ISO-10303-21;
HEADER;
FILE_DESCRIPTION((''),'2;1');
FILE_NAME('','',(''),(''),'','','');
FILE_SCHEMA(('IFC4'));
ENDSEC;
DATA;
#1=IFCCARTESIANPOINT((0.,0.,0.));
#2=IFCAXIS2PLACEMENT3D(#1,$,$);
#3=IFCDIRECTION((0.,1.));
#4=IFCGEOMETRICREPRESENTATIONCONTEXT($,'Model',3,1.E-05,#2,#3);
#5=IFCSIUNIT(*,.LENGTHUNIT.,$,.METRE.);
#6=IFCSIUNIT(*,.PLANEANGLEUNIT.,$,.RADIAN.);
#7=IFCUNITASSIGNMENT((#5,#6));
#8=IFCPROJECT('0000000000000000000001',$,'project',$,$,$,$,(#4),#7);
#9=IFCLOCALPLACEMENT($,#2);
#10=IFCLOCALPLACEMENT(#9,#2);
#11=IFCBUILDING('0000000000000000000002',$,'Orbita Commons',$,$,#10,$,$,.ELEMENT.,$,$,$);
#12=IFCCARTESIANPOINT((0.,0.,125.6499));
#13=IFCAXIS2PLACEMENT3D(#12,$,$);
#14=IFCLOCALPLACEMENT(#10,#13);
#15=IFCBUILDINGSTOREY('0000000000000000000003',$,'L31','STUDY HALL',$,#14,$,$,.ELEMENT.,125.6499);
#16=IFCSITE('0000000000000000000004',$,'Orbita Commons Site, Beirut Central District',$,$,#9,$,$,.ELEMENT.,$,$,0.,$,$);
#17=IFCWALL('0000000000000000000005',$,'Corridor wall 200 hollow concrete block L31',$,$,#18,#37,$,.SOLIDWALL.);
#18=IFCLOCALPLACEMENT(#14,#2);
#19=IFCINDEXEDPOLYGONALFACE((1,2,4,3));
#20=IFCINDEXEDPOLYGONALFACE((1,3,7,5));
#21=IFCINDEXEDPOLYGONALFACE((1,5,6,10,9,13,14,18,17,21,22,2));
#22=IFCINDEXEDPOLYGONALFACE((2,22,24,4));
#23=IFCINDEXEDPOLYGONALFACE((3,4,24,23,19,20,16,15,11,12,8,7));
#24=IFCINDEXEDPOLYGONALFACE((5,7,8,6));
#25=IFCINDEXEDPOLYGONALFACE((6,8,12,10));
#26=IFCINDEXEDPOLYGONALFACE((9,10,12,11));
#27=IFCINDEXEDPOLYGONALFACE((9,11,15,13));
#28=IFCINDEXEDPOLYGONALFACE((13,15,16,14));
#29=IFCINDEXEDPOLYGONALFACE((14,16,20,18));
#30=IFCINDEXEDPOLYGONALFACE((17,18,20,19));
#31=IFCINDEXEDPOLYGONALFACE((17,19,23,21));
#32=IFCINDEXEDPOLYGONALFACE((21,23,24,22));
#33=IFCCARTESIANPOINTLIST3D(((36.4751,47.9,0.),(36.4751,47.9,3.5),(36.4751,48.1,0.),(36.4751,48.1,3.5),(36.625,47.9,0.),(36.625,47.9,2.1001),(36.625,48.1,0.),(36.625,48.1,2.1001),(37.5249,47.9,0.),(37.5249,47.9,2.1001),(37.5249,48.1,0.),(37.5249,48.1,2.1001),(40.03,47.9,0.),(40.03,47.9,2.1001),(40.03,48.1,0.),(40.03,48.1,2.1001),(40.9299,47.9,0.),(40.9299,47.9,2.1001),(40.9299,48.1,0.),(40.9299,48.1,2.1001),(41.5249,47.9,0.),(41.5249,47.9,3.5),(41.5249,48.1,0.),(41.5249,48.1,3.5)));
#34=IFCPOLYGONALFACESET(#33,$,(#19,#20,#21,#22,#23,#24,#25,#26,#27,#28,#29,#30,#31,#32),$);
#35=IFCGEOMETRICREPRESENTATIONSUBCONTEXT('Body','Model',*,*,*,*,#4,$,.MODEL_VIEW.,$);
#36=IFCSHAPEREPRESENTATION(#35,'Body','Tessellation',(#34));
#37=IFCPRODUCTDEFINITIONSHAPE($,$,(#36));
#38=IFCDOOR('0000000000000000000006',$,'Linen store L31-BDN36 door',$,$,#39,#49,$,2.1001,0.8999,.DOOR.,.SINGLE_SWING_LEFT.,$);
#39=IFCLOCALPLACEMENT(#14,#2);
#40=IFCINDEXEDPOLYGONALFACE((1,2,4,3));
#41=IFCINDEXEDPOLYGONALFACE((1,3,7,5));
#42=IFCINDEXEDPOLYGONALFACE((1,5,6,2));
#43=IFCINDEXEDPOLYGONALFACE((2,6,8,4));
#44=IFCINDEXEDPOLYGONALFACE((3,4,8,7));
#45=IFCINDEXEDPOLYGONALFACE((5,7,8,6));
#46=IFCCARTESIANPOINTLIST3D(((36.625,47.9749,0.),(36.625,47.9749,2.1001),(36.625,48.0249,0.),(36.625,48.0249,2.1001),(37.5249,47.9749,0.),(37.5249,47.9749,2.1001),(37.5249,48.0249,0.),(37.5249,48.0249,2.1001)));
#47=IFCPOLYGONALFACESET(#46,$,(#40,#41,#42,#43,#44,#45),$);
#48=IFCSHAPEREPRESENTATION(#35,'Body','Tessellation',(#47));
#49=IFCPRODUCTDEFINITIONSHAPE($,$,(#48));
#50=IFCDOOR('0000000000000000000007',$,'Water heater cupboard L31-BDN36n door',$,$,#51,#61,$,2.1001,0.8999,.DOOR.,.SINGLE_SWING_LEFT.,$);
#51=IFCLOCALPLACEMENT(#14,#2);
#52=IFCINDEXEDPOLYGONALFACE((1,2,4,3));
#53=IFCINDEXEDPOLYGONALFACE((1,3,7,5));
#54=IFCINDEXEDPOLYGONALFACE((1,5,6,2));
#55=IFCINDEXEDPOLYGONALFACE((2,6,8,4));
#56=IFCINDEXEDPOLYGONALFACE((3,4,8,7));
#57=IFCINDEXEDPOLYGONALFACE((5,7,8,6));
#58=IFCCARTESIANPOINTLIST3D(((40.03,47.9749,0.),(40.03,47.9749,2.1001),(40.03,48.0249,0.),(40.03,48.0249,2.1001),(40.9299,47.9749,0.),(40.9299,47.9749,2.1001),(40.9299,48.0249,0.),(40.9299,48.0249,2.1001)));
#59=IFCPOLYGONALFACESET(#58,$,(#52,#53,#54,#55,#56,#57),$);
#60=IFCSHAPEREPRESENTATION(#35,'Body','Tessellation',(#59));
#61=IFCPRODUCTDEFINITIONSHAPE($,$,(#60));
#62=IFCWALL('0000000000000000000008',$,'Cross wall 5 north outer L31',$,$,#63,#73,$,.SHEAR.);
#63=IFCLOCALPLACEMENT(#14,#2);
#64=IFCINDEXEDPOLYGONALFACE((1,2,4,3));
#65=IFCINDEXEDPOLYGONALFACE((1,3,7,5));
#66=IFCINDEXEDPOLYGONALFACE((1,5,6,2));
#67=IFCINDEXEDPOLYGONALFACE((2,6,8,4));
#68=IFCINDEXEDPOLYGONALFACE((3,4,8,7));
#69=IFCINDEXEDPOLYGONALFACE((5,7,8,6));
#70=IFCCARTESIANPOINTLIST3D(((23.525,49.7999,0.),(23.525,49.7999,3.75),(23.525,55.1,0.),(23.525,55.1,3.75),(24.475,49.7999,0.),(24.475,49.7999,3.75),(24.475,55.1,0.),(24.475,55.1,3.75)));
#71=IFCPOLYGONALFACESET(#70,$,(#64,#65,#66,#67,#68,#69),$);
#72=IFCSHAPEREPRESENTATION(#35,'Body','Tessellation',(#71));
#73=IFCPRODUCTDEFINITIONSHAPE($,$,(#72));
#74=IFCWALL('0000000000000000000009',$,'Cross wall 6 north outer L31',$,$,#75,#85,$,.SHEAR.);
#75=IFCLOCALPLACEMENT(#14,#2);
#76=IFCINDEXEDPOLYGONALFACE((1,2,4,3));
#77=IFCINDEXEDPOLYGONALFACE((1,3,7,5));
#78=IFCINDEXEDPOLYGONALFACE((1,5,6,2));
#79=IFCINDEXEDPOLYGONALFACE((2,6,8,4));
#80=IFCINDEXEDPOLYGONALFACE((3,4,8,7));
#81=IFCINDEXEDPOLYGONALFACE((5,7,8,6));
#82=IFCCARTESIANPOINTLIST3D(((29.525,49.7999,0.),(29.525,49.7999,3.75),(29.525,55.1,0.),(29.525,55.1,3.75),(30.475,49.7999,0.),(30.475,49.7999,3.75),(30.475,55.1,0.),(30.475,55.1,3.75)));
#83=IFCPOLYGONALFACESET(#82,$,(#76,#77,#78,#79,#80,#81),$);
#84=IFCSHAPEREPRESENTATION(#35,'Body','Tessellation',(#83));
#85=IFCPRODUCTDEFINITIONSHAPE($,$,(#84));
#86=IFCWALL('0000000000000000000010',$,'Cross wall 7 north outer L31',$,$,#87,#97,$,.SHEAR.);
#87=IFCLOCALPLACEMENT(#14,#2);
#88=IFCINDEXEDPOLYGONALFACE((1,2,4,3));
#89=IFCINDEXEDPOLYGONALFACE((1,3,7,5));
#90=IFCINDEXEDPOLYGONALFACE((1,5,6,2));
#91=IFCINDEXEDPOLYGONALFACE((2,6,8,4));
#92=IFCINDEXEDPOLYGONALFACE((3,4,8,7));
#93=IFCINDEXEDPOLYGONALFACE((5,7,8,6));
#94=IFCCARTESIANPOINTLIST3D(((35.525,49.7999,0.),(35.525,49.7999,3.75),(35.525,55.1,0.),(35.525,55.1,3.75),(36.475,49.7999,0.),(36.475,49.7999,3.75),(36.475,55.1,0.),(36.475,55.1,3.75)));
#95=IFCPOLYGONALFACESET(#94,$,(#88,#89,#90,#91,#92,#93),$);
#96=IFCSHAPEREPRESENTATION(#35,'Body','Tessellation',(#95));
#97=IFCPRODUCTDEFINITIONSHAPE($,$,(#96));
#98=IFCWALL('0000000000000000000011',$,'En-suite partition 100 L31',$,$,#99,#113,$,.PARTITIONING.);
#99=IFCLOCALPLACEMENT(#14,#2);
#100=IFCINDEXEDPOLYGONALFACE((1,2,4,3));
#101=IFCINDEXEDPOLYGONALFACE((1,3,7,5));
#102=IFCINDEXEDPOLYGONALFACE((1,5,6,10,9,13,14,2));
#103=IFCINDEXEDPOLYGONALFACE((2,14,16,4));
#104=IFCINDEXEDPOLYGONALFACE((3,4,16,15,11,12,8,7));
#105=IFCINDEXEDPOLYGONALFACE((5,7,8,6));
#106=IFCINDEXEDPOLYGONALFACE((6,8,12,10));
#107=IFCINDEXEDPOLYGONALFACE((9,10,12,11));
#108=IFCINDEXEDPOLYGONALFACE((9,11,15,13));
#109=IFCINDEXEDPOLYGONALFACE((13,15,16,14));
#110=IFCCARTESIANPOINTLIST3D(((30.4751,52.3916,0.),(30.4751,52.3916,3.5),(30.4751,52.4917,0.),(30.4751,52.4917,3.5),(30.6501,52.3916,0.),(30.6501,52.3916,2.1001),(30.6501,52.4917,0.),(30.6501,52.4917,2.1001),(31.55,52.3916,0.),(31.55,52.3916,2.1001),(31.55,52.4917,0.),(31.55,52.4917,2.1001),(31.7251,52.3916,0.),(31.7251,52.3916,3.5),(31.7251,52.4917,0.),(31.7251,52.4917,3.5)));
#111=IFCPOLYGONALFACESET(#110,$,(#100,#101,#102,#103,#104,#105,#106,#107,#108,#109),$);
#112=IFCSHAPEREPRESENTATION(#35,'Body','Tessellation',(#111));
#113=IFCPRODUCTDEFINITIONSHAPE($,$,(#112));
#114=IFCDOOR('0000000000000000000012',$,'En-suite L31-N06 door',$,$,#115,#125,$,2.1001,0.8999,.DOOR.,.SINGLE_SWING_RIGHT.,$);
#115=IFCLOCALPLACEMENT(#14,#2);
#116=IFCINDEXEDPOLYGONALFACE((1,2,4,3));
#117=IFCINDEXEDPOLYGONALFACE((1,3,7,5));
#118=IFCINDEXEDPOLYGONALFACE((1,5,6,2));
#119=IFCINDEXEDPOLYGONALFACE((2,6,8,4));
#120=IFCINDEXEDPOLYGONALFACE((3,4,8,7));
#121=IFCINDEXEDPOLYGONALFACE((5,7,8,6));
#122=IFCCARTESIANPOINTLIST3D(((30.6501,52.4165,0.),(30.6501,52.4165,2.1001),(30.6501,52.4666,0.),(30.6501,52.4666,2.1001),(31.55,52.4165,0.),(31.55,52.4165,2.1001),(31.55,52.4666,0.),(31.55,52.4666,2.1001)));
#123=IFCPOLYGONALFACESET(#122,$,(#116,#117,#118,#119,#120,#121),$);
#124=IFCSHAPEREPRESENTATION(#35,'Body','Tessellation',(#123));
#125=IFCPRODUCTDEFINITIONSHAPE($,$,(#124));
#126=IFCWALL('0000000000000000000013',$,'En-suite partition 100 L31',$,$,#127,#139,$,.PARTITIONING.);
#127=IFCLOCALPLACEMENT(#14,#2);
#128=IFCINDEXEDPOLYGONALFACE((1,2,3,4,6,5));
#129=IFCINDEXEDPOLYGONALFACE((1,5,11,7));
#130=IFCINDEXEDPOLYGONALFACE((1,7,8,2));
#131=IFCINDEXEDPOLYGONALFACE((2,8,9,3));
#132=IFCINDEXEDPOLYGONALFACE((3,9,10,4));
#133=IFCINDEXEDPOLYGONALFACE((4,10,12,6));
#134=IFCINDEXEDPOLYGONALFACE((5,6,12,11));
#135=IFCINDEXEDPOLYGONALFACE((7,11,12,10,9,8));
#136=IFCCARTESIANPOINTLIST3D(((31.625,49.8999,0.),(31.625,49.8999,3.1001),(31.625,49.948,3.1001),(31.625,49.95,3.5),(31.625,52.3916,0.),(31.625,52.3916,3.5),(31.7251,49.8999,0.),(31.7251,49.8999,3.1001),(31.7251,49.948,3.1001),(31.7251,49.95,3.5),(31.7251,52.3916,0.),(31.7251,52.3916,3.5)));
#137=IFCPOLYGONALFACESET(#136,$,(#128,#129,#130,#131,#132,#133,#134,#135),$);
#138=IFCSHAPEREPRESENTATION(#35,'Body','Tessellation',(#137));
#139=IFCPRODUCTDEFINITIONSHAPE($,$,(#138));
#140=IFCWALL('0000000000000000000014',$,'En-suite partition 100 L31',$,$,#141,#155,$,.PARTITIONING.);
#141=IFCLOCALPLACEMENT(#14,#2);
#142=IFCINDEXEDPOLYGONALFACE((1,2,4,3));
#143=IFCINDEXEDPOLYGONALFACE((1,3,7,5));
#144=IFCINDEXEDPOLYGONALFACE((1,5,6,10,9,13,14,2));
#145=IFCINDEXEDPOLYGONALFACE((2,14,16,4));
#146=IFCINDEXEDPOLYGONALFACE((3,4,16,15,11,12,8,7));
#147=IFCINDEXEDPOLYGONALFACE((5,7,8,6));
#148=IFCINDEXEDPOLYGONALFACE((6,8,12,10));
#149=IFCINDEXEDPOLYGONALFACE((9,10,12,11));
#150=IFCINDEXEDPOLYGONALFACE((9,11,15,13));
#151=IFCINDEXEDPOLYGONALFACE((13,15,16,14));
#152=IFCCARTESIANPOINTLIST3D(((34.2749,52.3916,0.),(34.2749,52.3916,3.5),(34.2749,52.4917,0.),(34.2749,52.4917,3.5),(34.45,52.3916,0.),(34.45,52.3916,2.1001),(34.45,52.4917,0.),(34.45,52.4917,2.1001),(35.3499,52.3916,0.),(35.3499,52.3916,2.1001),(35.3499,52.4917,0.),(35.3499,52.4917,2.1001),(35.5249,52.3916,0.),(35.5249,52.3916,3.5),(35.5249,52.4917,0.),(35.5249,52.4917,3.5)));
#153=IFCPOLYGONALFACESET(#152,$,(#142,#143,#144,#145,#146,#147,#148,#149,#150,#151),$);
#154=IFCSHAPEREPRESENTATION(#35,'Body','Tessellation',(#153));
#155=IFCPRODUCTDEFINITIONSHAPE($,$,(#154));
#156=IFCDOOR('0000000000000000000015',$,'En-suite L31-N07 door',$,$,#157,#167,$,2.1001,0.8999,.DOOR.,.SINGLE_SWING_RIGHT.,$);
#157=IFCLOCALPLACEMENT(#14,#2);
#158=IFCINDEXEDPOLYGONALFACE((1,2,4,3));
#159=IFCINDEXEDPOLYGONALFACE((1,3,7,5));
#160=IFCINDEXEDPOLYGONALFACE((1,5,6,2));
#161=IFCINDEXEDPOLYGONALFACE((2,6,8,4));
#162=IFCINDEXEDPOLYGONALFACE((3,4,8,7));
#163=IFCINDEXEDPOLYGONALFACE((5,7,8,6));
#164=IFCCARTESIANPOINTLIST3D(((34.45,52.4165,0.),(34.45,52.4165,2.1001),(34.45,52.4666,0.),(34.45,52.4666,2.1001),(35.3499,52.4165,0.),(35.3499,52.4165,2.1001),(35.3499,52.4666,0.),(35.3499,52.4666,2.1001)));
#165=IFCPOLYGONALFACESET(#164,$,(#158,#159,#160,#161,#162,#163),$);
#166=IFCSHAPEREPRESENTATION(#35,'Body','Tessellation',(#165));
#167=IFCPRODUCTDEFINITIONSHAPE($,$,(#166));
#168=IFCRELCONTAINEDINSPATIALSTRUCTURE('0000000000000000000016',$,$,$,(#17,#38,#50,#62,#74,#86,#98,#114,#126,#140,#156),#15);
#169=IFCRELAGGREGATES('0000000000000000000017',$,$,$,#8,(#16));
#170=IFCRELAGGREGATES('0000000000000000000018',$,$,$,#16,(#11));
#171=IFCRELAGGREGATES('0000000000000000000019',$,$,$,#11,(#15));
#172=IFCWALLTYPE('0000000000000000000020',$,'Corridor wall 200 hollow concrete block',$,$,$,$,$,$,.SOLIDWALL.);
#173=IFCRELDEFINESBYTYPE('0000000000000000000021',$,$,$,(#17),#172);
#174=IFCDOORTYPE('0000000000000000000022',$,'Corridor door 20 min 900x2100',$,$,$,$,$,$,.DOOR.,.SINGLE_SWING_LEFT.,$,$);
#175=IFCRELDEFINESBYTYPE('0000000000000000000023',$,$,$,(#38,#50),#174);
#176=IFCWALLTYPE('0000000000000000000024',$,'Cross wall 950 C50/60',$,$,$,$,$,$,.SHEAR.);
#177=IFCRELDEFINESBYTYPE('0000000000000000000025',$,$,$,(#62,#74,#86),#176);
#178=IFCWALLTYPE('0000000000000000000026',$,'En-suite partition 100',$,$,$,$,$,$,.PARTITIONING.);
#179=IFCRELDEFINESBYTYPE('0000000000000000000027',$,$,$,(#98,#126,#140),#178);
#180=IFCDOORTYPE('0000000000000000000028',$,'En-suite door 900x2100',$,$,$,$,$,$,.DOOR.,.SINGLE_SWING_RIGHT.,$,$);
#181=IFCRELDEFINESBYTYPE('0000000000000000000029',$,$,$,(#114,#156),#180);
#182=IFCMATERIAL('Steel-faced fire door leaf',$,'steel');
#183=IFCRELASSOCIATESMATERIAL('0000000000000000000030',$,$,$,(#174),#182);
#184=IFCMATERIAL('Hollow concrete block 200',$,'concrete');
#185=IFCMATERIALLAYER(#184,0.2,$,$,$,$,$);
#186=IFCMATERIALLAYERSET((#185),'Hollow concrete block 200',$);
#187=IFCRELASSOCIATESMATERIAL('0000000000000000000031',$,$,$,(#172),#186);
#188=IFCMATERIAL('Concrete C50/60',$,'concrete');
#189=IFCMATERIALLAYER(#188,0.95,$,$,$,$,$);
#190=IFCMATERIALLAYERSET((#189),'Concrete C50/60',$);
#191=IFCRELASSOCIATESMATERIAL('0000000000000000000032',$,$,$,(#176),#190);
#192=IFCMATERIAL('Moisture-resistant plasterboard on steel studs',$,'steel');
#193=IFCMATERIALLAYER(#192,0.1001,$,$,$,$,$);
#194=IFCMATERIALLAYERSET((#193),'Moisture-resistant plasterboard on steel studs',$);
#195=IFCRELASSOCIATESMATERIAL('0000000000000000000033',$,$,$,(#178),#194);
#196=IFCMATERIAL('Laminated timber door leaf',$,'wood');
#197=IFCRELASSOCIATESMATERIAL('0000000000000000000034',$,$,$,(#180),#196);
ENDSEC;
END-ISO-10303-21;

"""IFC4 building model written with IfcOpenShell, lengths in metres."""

from ifc_helpers import new_model, si_unit, direction, frame, frame_2d, origin, place, context, subcontext, project, spatial, polyline, rectangle, outline, extrude, material, layer, layer_set, type_object, element, fill, save


model = new_model("IFC4")

# Units and contexts
model_context = context("Model", 3, precision=1e-05, world=origin(), true_north=direction((0.0, 1.0)))
body_context = subcontext(model_context, "Body", "Model", "MODEL_VIEW")
ifc_project = project(units=[si_unit("LENGTHUNIT", "METRE"), si_unit("PLANEANGLEUNIT", "RADIAN")], contexts=[model_context])

# Site, building, storey
site_placement = place(None, origin())
site = spatial("IfcSite", under=ifc_project, at=site_placement, Name="Orbita Commons Site, Beirut Central District", CompositionType="ELEMENT", RefElevation=0.0)
building_placement = place(site_placement, origin())
building = spatial("IfcBuilding", under=site, at=building_placement, Name="Orbita Commons", CompositionType="ELEMENT")
storey_placement = place(building_placement, frame((0.0, 0.0, 125.6499)))
storey = spatial("IfcBuildingStorey", under=building, at=storey_placement, Name="L31", Description="STUDY HALL", CompositionType="ELEMENT", Elevation=125.6499)

# Shared definitions
ifc_material_1 = material(Name="Steel-faced fire door leaf", Category="steel")
door_type_1 = type_object("IfcDoorType", Name="Corridor door 20 min 900x2100", OperationType="SINGLE_SWING_LEFT", PredefinedType="DOOR", material=ifc_material_1)

# Wall, openings, doors
ifc_material_2 = material(Name="Hollow concrete block 200", Category="concrete")
ifc_layer_1 = layer(ifc_material_2, 0.2)
ifc_layer_set_1 = layer_set([ifc_layer_1], Name="Hollow concrete block 200")
wall_type_1 = type_object("IfcWallType", Name="Corridor wall 200 hollow concrete block", PredefinedType="SOLIDWALL", material=ifc_layer_set_1)
wall_1_placement = place(storey_placement, frame((36.4751, 48.0, 0.0), z_axis=(0.0, 0.0, 1.0), x_axis=(1.0, 0.0, 0.0)))
wall_1 = element("IfcWall", 1, at=wall_1_placement, inside=storey, type_object=wall_type_1, Name="Corridor wall 200 hollow concrete block L31", PredefinedType="SOLIDWALL", context=body_context, shape_type="SweptSolid", body=[
    extrude(rectangle(XDim=5.0498, YDim=0.2, at=frame_2d((2.5249, 0.0))), origin(), (0.0, 0.0, 1.0), 3.5),
])
opening_1_placement = place(wall_1_placement, frame((0.1499, 0.0, 0.0)))
opening_1 = element("IfcOpeningElement", 2, at=opening_1_placement, cuts=wall_1, PredefinedType="OPENING", context=body_context, shape_type="SweptSolid", body=[
    extrude(rectangle(XDim=0.8999, YDim=2.1001, at=frame_2d((0.45, 1.05))), frame((0.0, 0.1099, 0.0), z_axis=(0.0, -1.0, 0.0), x_axis=(1.0, 0.0, 0.0)), (0.0, 0.0, 1.0), 0.22),
])
opening_2_placement = place(wall_1_placement, frame((3.5549, 0.0, 0.0)))
opening_2 = element("IfcOpeningElement", 3, at=opening_2_placement, cuts=wall_1, PredefinedType="OPENING", context=body_context, shape_type="SweptSolid", body=[
    extrude(rectangle(XDim=0.8999, YDim=2.1001, at=frame_2d((0.45, 1.05))), frame((0.0, 0.1099, 0.0), z_axis=(0.0, -1.0, 0.0), x_axis=(1.0, 0.0, 0.0)), (0.0, 0.0, 1.0), 0.22),
])
door_1_placement = place(opening_1_placement, origin())
door_1 = element("IfcDoor", 4, at=door_1_placement, inside=storey, type_object=door_type_1, Name="Linen store L31-BDN36 door", OperationType="SINGLE_SWING_LEFT", OverallHeight=2.1001, OverallWidth=0.8999, PredefinedType="DOOR", context=body_context, shape_type="SweptSolid", body=[
    extrude(rectangle(XDim=0.8999, YDim=2.1001, at=frame_2d((0.45, 1.05))), frame((0.0, 0.0249, 0.0), z_axis=(0.0, -1.0, 0.0), x_axis=(1.0, 0.0, 0.0)), (0.0, 0.0, 1.0), 0.05),
])
fill(opening_1, door_1)
door_2_placement = place(opening_2_placement, origin())
door_2 = element("IfcDoor", 5, at=door_2_placement, inside=storey, type_object=door_type_1, Name="Water heater cupboard L31-BDN36n door", OperationType="SINGLE_SWING_LEFT", OverallHeight=2.1001, OverallWidth=0.8999, PredefinedType="DOOR", context=body_context, shape_type="SweptSolid", body=[
    extrude(rectangle(XDim=0.8999, YDim=2.1001, at=frame_2d((0.45, 1.05))), frame((0.0, 0.0249, 0.0), z_axis=(0.0, -1.0, 0.0), x_axis=(1.0, 0.0, 0.0)), (0.0, 0.0, 1.0), 0.05),
])
fill(opening_2, door_2)

# Walls
ifc_material_3 = material(Name="Concrete C50/60", Category="concrete")
ifc_layer_2 = layer(ifc_material_3, 0.95)
ifc_layer_set_2 = layer_set([ifc_layer_2], Name="Concrete C50/60")
wall_type_2 = type_object("IfcWallType", Name="Cross wall 950 C50/60", PredefinedType="SHEAR", material=ifc_layer_set_2)
for number, where, z_axis, x_axis, name in (
    (6, (24.0, 49.8, 0.0), (0.0, 0.0, 1.0), (0.0, 1.0, 0.0), "Cross wall 5 north outer L31"),
    (7, (30.0, 49.8, 0.0), (0.0, 0.0, 1.0), (0.0, 1.0, 0.0), "Cross wall 6 north outer L31"),
    (8, (36.0, 49.8, 0.0), (0.0, 0.0, 1.0), (0.0, 1.0, 0.0), "Cross wall 7 north outer L31"),
):
    element("IfcWall", number, at=place(storey_placement, frame(where, z_axis=z_axis, x_axis=x_axis)), inside=storey, type_object=wall_type_2, Name=name, PredefinedType="SHEAR", context=body_context, shape_type="SweptSolid", body=[
        extrude(rectangle(XDim=5.3, YDim=0.95, at=frame_2d((2.6499, 0.0))), origin(), (0.0, 0.0, 1.0), 3.75),
    ])

# Wall, opening, door
ifc_material_4 = material(Name="Moisture-resistant plasterboard on steel studs", Category="steel")
ifc_layer_3 = layer(ifc_material_4, 0.1001)
ifc_layer_set_3 = layer_set([ifc_layer_3], Name="Moisture-resistant plasterboard on steel studs")
wall_type_3 = type_object("IfcWallType", Name="En-suite partition 100", PredefinedType="PARTITIONING", material=ifc_layer_set_3)
wall_2_placement = place(storey_placement, frame((30.4751, 52.4417, 0.0), z_axis=(0.0, 0.0, 1.0), x_axis=(1.0, 0.0, 0.0)))
wall_2 = element("IfcWall", 9, at=wall_2_placement, inside=storey, type_object=wall_type_3, Name="En-suite partition 100 L31", PredefinedType="PARTITIONING", context=body_context, shape_type="SweptSolid", body=[
    extrude(rectangle(XDim=1.25, YDim=0.1001, at=frame_2d((0.625, 0.0))), origin(), (0.0, 0.0, 1.0), 3.5),
])
opening_3_placement = place(wall_2_placement, frame((0.175, 0.0, 0.0)))
opening_3 = element("IfcOpeningElement", 10, at=opening_3_placement, cuts=wall_2, PredefinedType="OPENING", context=body_context, shape_type="SweptSolid", body=[
    extrude(rectangle(XDim=0.8999, YDim=2.1001, at=frame_2d((0.45, 1.05))), frame((0.0, 0.0601, 0.0), z_axis=(0.0, -1.0, 0.0), x_axis=(1.0, 0.0, 0.0)), (0.0, 0.0, 1.0), 0.1201),
])
ifc_material_5 = material(Name="Laminated timber door leaf", Category="wood")
door_type_2 = type_object("IfcDoorType", Name="En-suite door 900x2100", OperationType="SINGLE_SWING_RIGHT", PredefinedType="DOOR", material=ifc_material_5)
door_3_placement = place(opening_3_placement, origin())
door_3 = element("IfcDoor", 11, at=door_3_placement, inside=storey, type_object=door_type_2, Name="En-suite L31-N06 door", OperationType="SINGLE_SWING_RIGHT", OverallHeight=2.1001, OverallWidth=0.8999, PredefinedType="DOOR", context=body_context, shape_type="SweptSolid", body=[
    extrude(rectangle(XDim=0.8999, YDim=2.1001, at=frame_2d((0.45, 1.05))), frame((0.0, 0.0249, 0.0), z_axis=(0.0, -1.0, 0.0), x_axis=(1.0, 0.0, 0.0)), (0.0, 0.0, 1.0), 0.05),
])
fill(opening_3, door_3)

# Wall
wall_3_placement = place(storey_placement, frame((31.675, 52.3916, 0.0), z_axis=(0.0, 0.0, 1.0), x_axis=(0.0, -1.0, 0.0)))
element("IfcWall", 12, at=wall_3_placement, inside=storey, type_object=wall_type_3, Name="En-suite partition 100 L31", PredefinedType="PARTITIONING", context=body_context, shape_type="SweptSolid", body=[
    extrude(outline(polyline([(0.0, 0.0), (2.4917, 0.0), (2.4917, 3.1001), (2.4436, 3.1001), (2.4417, 3.5), (0.0, 3.5), (0.0, 0.0)])), frame((0.0, 0.05, 0.0), z_axis=(0.0, -1.0, 0.0), x_axis=(1.0, 0.0, 0.0)), (0.0, 0.0, 1.0), 0.1001),
])

# Wall, opening, door
wall_4_placement = place(storey_placement, frame((34.2749, 52.4417, 0.0), z_axis=(0.0, 0.0, 1.0), x_axis=(1.0, 0.0, 0.0)))
wall_4 = element("IfcWall", 13, at=wall_4_placement, inside=storey, type_object=wall_type_3, Name="En-suite partition 100 L31", PredefinedType="PARTITIONING", context=body_context, shape_type="SweptSolid", body=[
    extrude(rectangle(XDim=1.25, YDim=0.1001, at=frame_2d((0.625, 0.0))), origin(), (0.0, 0.0, 1.0), 3.5),
])
opening_4_placement = place(wall_4_placement, frame((0.175, 0.0, 0.0)))
opening_4 = element("IfcOpeningElement", 14, at=opening_4_placement, cuts=wall_4, PredefinedType="OPENING", context=body_context, shape_type="SweptSolid", body=[
    extrude(rectangle(XDim=0.8999, YDim=2.1001, at=frame_2d((0.45, 1.05))), frame((0.0, 0.0601, 0.0), z_axis=(0.0, -1.0, 0.0), x_axis=(1.0, 0.0, 0.0)), (0.0, 0.0, 1.0), 0.1201),
])
door_4_placement = place(opening_4_placement, origin())
door_4 = element("IfcDoor", 15, at=door_4_placement, inside=storey, type_object=door_type_2, Name="En-suite L31-N07 door", OperationType="SINGLE_SWING_RIGHT", OverallHeight=2.1001, OverallWidth=0.8999, PredefinedType="DOOR", context=body_context, shape_type="SweptSolid", body=[
    extrude(rectangle(XDim=0.8999, YDim=2.1001, at=frame_2d((0.45, 1.05))), frame((0.0, 0.0249, 0.0), z_axis=(0.0, -1.0, 0.0), x_axis=(1.0, 0.0, 0.0)), (0.0, 0.0, 1.0), 0.05),
])
fill(opening_4, door_4)

save(model, "model.ifc")
